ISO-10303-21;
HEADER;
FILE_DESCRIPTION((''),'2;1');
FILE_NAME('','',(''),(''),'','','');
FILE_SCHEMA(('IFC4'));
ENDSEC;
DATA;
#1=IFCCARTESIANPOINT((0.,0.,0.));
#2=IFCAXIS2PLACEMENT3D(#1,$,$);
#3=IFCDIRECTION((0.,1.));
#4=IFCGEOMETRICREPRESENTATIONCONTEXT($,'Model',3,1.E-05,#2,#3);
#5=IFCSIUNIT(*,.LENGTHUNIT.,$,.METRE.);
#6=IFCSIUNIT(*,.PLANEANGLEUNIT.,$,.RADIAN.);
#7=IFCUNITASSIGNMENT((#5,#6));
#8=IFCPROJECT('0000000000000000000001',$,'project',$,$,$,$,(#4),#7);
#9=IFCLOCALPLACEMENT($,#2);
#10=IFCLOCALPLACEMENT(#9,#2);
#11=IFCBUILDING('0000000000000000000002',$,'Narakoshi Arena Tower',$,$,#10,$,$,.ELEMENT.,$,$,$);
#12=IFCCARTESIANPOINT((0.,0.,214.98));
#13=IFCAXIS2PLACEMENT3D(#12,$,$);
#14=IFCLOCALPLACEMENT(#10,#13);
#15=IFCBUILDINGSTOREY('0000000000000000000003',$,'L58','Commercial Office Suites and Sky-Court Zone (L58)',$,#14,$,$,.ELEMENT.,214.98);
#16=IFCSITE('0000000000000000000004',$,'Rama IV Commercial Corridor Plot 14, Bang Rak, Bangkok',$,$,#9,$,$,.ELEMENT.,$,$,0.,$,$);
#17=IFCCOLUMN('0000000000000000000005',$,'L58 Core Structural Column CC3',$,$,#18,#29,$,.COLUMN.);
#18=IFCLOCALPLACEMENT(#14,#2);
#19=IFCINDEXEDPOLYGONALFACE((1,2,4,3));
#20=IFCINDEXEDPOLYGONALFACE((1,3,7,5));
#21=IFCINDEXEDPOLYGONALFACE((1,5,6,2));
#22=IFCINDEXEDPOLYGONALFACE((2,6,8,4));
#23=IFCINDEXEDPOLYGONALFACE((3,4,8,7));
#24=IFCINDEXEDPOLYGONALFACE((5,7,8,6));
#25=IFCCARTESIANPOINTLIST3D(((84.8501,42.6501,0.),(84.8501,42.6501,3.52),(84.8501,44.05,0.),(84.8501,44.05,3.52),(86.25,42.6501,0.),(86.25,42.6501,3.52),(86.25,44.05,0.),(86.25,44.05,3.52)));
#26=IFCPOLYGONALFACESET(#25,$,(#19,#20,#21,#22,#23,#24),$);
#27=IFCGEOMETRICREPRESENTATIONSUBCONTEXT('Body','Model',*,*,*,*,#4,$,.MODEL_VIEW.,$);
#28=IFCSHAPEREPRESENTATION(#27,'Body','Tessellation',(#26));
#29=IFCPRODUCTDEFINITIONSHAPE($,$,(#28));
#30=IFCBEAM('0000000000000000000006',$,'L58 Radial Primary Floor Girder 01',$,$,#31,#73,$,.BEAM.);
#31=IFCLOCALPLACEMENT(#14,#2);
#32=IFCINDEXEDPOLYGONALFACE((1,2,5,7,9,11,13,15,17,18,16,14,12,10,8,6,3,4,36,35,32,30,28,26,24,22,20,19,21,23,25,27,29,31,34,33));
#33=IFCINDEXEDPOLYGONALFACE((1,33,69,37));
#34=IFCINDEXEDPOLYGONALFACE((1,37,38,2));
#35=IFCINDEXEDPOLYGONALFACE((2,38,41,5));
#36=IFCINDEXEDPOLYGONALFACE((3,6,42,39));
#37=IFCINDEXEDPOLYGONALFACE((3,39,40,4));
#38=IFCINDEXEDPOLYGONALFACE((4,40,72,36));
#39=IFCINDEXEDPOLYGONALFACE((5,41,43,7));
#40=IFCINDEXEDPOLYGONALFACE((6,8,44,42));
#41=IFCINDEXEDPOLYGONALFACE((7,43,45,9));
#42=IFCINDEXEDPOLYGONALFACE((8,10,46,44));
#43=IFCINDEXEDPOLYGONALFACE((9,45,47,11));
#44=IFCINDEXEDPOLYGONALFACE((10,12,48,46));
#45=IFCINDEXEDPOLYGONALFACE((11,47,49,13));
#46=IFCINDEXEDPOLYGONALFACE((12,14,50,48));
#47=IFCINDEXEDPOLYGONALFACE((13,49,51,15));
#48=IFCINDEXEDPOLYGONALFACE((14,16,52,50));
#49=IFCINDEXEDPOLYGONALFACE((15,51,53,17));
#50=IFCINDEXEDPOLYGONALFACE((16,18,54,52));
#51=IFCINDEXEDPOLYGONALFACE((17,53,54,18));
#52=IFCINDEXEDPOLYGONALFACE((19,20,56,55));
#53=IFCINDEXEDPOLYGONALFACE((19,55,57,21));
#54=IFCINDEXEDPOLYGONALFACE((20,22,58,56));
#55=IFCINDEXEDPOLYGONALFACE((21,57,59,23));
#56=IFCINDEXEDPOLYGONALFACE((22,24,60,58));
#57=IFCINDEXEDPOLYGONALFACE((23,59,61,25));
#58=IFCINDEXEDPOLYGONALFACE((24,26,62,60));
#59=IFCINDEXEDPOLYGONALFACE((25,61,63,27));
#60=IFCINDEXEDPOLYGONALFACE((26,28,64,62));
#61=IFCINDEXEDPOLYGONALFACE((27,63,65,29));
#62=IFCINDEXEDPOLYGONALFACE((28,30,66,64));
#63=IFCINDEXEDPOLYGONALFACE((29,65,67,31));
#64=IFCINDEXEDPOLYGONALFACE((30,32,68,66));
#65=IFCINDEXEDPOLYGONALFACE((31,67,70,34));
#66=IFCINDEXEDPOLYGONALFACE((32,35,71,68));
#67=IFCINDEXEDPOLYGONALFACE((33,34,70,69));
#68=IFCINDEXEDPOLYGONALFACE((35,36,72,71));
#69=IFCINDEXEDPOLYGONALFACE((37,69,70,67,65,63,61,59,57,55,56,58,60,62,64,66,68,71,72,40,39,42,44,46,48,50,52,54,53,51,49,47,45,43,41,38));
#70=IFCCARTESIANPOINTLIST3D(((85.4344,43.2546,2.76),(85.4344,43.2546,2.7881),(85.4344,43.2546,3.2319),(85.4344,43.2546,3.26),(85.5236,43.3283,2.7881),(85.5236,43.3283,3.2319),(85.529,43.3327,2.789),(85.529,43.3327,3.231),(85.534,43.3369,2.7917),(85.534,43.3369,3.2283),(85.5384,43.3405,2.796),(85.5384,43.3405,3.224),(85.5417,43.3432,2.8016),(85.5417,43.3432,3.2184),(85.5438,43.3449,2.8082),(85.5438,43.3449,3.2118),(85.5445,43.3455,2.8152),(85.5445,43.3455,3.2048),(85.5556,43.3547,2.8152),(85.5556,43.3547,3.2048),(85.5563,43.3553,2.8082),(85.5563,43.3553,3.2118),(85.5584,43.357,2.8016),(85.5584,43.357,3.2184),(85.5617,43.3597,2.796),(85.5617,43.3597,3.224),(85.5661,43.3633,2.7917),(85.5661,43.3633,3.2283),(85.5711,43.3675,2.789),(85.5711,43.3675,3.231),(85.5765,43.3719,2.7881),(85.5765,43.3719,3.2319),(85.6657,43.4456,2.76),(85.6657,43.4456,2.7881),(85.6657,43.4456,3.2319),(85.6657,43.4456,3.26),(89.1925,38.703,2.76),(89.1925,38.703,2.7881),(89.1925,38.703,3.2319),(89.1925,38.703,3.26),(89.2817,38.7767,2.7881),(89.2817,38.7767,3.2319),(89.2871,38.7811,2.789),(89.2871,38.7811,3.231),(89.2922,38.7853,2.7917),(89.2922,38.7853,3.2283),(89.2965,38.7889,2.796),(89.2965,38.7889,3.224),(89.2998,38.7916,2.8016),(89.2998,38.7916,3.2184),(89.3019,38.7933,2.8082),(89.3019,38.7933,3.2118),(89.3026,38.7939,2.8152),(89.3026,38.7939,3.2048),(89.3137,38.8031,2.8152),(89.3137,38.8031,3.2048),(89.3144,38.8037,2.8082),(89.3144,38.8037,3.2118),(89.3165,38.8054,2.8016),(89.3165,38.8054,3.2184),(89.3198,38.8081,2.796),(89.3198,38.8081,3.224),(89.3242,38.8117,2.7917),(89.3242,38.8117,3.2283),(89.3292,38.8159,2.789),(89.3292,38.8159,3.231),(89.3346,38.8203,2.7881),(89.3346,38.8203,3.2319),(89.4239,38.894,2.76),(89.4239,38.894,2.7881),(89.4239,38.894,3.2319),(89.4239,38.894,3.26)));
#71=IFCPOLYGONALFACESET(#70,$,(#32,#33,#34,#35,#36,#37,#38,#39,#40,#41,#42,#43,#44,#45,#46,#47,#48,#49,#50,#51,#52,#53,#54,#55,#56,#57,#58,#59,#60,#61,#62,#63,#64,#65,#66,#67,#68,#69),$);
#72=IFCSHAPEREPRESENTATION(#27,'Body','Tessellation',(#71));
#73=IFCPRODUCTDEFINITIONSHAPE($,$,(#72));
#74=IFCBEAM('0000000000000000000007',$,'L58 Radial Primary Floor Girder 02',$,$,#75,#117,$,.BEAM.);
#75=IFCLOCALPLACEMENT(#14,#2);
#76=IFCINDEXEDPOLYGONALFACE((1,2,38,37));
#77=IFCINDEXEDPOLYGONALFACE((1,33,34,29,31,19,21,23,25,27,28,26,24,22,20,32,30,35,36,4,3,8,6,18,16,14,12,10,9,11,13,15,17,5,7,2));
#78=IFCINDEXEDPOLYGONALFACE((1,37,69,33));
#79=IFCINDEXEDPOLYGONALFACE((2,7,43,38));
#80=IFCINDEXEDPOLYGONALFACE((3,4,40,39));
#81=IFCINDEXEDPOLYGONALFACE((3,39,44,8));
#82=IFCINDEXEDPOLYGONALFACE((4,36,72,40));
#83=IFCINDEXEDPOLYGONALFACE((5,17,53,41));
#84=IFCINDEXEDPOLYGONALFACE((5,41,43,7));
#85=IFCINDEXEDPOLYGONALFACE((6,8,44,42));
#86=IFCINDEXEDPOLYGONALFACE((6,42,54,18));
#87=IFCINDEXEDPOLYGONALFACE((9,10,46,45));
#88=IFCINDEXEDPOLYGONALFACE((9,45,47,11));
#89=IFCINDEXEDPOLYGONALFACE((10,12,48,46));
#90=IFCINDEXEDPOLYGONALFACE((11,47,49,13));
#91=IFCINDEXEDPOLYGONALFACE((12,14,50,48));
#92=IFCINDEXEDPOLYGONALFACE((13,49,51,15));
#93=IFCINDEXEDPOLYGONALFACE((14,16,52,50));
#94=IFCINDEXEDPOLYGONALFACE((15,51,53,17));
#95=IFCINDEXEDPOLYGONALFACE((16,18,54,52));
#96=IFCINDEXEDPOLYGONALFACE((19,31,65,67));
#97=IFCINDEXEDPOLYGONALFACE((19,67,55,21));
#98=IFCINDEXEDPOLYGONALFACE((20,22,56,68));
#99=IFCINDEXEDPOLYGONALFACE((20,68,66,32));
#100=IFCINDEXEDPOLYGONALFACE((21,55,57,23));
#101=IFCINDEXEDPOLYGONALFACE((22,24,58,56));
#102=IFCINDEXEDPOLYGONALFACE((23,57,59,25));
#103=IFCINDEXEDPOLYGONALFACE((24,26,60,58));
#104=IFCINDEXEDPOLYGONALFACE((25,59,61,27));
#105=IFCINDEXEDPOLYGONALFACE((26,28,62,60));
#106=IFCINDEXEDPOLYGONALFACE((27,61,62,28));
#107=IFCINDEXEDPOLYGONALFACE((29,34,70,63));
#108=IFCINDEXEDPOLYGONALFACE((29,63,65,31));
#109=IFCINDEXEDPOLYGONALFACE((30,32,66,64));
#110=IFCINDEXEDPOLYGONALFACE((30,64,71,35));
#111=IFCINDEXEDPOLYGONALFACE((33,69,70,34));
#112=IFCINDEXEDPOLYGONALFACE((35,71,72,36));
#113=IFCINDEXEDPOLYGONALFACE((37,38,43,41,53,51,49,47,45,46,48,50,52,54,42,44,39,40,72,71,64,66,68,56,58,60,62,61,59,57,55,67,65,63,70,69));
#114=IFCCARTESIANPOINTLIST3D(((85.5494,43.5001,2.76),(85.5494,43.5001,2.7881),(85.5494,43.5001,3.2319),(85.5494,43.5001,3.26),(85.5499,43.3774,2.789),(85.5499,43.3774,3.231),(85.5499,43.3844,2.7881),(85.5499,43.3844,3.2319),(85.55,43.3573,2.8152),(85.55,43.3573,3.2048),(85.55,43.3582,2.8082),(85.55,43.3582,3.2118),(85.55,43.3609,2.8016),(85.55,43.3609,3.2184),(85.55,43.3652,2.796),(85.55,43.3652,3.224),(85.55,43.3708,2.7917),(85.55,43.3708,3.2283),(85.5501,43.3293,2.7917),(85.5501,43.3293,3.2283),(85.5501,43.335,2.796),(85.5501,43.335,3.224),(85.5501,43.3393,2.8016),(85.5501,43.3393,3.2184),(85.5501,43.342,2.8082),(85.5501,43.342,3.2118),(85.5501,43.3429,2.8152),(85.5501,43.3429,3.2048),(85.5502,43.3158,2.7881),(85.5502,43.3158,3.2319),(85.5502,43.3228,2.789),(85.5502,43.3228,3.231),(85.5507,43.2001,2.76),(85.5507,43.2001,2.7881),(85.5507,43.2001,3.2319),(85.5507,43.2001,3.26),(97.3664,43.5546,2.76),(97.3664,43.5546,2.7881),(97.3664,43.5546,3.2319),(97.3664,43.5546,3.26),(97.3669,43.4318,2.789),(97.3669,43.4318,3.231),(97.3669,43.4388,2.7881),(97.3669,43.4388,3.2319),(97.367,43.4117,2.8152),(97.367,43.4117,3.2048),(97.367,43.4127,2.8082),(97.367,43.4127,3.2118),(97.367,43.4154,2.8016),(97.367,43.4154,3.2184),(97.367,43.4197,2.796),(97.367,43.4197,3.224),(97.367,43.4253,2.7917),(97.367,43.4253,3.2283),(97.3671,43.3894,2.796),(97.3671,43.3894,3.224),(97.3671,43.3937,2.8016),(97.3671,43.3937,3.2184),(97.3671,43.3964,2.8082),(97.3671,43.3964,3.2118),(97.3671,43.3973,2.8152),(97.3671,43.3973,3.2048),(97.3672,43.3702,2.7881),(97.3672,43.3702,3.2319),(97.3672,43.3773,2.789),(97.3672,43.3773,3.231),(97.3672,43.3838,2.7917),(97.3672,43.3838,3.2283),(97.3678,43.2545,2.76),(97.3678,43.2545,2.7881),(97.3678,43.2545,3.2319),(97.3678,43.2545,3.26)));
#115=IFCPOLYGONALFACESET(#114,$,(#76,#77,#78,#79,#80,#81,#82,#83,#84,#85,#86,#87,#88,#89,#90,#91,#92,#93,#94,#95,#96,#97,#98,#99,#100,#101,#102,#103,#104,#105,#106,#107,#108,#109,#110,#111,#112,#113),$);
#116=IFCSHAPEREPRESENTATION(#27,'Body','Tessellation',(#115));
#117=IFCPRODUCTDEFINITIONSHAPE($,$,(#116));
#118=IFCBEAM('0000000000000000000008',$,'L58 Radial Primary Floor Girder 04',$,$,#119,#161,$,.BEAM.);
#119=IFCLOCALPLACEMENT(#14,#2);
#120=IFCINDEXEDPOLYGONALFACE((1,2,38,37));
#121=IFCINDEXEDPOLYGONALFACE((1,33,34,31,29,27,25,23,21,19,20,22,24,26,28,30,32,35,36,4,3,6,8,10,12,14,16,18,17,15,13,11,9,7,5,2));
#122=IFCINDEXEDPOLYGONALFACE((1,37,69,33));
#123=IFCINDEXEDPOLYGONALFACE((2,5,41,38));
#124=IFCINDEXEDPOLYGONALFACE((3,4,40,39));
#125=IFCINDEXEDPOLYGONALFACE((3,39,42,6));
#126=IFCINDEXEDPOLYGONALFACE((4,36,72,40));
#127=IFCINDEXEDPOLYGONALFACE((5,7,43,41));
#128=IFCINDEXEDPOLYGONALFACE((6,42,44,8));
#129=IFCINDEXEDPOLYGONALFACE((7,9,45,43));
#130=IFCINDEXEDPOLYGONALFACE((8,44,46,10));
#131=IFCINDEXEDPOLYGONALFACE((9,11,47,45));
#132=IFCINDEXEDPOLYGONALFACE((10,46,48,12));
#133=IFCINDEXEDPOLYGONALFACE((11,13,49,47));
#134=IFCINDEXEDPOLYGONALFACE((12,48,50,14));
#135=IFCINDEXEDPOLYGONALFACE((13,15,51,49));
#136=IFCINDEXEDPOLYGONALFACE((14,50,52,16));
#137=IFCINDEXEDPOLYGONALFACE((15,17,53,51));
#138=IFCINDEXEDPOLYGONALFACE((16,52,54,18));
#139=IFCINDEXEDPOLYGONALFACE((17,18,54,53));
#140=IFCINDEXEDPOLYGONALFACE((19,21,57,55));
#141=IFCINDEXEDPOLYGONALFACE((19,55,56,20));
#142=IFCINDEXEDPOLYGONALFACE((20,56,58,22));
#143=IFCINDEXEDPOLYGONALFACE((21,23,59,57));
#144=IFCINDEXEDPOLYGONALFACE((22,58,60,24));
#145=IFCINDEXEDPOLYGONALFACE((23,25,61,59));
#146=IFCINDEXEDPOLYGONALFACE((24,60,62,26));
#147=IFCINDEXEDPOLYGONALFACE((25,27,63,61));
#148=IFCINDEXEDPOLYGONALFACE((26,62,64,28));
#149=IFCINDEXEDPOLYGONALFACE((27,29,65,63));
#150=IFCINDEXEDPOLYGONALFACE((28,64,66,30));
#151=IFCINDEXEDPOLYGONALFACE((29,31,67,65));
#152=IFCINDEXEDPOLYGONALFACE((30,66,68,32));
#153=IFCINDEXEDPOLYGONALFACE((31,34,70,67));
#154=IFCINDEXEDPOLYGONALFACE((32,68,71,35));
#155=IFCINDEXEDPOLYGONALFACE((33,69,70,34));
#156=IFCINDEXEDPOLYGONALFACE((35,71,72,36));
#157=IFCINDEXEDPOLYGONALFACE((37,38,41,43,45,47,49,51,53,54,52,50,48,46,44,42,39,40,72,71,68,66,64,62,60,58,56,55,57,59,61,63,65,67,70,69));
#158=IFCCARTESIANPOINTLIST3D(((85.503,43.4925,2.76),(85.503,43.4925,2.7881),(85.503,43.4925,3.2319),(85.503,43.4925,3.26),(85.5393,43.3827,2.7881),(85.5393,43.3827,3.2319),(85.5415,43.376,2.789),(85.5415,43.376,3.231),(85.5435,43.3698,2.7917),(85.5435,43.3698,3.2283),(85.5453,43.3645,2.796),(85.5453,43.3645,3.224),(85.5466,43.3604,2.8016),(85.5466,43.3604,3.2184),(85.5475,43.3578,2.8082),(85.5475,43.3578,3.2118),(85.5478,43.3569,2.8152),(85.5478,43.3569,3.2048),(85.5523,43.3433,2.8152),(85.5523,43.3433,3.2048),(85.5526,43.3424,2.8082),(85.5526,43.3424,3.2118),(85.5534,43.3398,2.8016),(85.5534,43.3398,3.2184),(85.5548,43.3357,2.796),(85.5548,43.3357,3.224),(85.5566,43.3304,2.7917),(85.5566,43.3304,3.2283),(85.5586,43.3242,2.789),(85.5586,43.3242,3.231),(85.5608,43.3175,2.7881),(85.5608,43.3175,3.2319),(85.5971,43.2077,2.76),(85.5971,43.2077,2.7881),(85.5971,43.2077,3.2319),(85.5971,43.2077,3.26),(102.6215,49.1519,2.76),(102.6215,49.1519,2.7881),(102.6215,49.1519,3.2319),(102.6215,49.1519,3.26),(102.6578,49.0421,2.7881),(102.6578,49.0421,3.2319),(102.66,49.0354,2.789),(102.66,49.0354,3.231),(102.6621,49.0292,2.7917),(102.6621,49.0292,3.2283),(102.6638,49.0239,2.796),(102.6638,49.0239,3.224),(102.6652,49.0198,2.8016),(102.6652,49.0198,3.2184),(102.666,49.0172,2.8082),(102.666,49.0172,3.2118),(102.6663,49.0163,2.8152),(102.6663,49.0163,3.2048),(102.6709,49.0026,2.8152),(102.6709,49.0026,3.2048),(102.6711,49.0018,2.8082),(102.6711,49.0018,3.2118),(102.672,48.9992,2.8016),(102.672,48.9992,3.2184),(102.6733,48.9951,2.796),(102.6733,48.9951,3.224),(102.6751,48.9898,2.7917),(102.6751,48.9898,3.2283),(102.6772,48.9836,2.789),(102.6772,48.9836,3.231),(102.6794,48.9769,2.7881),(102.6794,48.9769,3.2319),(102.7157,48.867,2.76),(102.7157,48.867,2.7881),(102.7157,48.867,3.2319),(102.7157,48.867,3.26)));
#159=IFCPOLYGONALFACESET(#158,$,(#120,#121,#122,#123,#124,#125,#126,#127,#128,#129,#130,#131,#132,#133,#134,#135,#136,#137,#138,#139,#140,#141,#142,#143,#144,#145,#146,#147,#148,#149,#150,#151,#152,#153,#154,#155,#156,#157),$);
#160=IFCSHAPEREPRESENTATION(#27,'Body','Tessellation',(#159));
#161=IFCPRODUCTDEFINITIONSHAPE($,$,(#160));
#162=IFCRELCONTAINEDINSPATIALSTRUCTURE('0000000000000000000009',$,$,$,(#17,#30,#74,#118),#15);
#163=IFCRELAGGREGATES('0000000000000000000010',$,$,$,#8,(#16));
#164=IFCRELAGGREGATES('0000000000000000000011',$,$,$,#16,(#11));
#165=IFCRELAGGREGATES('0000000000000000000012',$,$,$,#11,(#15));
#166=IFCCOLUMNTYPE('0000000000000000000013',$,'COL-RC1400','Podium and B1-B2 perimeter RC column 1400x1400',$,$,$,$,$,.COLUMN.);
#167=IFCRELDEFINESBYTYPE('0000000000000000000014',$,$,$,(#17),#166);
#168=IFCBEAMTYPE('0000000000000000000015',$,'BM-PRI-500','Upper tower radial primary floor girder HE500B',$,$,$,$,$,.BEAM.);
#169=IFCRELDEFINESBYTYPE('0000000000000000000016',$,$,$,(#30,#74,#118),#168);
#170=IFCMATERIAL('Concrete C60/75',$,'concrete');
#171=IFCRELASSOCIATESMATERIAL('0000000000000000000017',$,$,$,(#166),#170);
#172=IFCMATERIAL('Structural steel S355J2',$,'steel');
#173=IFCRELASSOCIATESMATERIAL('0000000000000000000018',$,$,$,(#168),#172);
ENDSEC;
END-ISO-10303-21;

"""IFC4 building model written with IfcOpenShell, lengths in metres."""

from ifc_helpers import new_model, si_unit, direction, frame, origin, origin_2d, place, context, subcontext, project, spatial, rectangle, i_section, extrude, material, material_profile, profile_set, type_object, element, save


model = new_model("IFC4")

# Units and contexts
model_context = context("Model", 3, precision=1e-05, world=origin(), true_north=direction((0.0, 1.0)))
body_context = subcontext(model_context, "Body", "Model", "MODEL_VIEW")
ifc_project = project(units=[si_unit("LENGTHUNIT", "METRE"), si_unit("PLANEANGLEUNIT", "RADIAN")], contexts=[model_context])

# Site, building, storey
site_placement = place(None, origin())
site = spatial("IfcSite", under=ifc_project, at=site_placement, Name="Rama IV Commercial Corridor Plot 14, Bang Rak, Bangkok", CompositionType="ELEMENT", RefElevation=0.0)
building_placement = place(site_placement, origin())
building = spatial("IfcBuilding", under=site, at=building_placement, Name="Narakoshi Arena Tower", CompositionType="ELEMENT")
storey_placement = place(building_placement, frame((0.0, 0.0, 214.98)))
storey = spatial("IfcBuildingStorey", under=building, at=storey_placement, Name="L58", Description="Commercial Office Suites and Sky-Court Zone (L58)", CompositionType="ELEMENT", Elevation=214.98)

# Column
ifc_material_1 = material(Name="Concrete C60/75", Category="concrete")
ifc_material_profile_1 = material_profile(ifc_material_1, rectangle(XDim=1.3999, YDim=1.3999, at=origin_2d()), Name="RC1400x1400")
ifc_profile_set_1 = profile_set([ifc_material_profile_1], Name="Concrete C60/75")
column_type = type_object("IfcColumnType", Name="COL-RC1400", Description="Podium and B1-B2 perimeter RC column 1400x1400", PredefinedType="COLUMN", material=ifc_profile_set_1)
column_placement = place(storey_placement, frame((85.55, 43.3501, 0.0), z_axis=(0.0, 0.0, 1.0), x_axis=(1.0, 0.0, 0.0)))
element("IfcColumn", 1, at=column_placement, inside=storey, type_object=column_type, Name="L58 Core Structural Column CC3", PredefinedType="COLUMN", context=body_context, shape_type="SweptSolid", body=[
    extrude(rectangle(XDim=1.3999, YDim=1.3999, at=origin_2d()), origin(), (0.0, 0.0, 1.0), 3.52),
])

# Beams
ifc_material_2 = material(Name="Structural steel S355J2", Category="steel")
ifc_material_profile_2 = material_profile(ifc_material_2, i_section(OverallWidth=0.3, OverallDepth=0.5, WebThickness=0.0144, FlangeThickness=0.0281, FilletRadius=0.0271, at=origin_2d()), Name="HE500B")
ifc_profile_set_2 = profile_set([ifc_material_profile_2], Name="Structural steel S355J2")
beam_type_1 = type_object("IfcBeamType", Name="BM-PRI-500", Description="Upper tower radial primary floor girder HE500B", PredefinedType="BEAM", material=ifc_profile_set_2)
beam_1_placement = place(storey_placement, frame((85.55, 43.3501, 3.01), z_axis=(0.636691, -0.771119, 0.0), x_axis=(0.771119, 0.636691, 0.0)))
element("IfcBeam", 2, at=beam_1_placement, inside=storey, type_object=beam_type_1, Name="L58 Radial Primary Floor Girder 01", PredefinedType="BEAM", context=body_context, shape_type="SweptSolid", body=[
    extrude(i_section(OverallWidth=0.3, OverallDepth=0.5, WebThickness=0.0144, FlangeThickness=0.0281, FilletRadius=0.0271, at=origin_2d()), origin(), (0.0, 0.0, 1.0), 5.9026),
])
beam_2_placement = place(storey_placement, frame((85.55, 43.3501, 3.01), z_axis=(0.999989, 0.004607, 0.0), x_axis=(-0.004607, 0.999989, 0.0)))
element("IfcBeam", 3, at=beam_2_placement, inside=storey, type_object=beam_type_1, Name="L58 Radial Primary Floor Girder 02", PredefinedType="BEAM", context=body_context, shape_type="SweptSolid", body=[
    extrude(i_section(OverallWidth=0.3, OverallDepth=0.5, WebThickness=0.0144, FlangeThickness=0.0281, FilletRadius=0.0271, at=origin_2d()), origin(), (0.0, 0.0, 1.0), 11.8171),
])
beam_3_placement = place(storey_placement, frame((85.55, 43.3501, 3.01), z_axis=(0.949459, 0.313891, 0.0), x_axis=(-0.313891, 0.949459, 0.0)))
element("IfcBeam", 4, at=beam_3_placement, inside=storey, type_object=beam_type_1, Name="L58 Radial Primary Floor Girder 04", PredefinedType="BEAM", context=body_context, shape_type="SweptSolid", body=[
    extrude(i_section(OverallWidth=0.3, OverallDepth=0.5, WebThickness=0.0144, FlangeThickness=0.0281, FilletRadius=0.0271, at=origin_2d()), origin(), (0.0, 0.0, 1.0), 18.0298),
])

save(model, "model.ifc")
